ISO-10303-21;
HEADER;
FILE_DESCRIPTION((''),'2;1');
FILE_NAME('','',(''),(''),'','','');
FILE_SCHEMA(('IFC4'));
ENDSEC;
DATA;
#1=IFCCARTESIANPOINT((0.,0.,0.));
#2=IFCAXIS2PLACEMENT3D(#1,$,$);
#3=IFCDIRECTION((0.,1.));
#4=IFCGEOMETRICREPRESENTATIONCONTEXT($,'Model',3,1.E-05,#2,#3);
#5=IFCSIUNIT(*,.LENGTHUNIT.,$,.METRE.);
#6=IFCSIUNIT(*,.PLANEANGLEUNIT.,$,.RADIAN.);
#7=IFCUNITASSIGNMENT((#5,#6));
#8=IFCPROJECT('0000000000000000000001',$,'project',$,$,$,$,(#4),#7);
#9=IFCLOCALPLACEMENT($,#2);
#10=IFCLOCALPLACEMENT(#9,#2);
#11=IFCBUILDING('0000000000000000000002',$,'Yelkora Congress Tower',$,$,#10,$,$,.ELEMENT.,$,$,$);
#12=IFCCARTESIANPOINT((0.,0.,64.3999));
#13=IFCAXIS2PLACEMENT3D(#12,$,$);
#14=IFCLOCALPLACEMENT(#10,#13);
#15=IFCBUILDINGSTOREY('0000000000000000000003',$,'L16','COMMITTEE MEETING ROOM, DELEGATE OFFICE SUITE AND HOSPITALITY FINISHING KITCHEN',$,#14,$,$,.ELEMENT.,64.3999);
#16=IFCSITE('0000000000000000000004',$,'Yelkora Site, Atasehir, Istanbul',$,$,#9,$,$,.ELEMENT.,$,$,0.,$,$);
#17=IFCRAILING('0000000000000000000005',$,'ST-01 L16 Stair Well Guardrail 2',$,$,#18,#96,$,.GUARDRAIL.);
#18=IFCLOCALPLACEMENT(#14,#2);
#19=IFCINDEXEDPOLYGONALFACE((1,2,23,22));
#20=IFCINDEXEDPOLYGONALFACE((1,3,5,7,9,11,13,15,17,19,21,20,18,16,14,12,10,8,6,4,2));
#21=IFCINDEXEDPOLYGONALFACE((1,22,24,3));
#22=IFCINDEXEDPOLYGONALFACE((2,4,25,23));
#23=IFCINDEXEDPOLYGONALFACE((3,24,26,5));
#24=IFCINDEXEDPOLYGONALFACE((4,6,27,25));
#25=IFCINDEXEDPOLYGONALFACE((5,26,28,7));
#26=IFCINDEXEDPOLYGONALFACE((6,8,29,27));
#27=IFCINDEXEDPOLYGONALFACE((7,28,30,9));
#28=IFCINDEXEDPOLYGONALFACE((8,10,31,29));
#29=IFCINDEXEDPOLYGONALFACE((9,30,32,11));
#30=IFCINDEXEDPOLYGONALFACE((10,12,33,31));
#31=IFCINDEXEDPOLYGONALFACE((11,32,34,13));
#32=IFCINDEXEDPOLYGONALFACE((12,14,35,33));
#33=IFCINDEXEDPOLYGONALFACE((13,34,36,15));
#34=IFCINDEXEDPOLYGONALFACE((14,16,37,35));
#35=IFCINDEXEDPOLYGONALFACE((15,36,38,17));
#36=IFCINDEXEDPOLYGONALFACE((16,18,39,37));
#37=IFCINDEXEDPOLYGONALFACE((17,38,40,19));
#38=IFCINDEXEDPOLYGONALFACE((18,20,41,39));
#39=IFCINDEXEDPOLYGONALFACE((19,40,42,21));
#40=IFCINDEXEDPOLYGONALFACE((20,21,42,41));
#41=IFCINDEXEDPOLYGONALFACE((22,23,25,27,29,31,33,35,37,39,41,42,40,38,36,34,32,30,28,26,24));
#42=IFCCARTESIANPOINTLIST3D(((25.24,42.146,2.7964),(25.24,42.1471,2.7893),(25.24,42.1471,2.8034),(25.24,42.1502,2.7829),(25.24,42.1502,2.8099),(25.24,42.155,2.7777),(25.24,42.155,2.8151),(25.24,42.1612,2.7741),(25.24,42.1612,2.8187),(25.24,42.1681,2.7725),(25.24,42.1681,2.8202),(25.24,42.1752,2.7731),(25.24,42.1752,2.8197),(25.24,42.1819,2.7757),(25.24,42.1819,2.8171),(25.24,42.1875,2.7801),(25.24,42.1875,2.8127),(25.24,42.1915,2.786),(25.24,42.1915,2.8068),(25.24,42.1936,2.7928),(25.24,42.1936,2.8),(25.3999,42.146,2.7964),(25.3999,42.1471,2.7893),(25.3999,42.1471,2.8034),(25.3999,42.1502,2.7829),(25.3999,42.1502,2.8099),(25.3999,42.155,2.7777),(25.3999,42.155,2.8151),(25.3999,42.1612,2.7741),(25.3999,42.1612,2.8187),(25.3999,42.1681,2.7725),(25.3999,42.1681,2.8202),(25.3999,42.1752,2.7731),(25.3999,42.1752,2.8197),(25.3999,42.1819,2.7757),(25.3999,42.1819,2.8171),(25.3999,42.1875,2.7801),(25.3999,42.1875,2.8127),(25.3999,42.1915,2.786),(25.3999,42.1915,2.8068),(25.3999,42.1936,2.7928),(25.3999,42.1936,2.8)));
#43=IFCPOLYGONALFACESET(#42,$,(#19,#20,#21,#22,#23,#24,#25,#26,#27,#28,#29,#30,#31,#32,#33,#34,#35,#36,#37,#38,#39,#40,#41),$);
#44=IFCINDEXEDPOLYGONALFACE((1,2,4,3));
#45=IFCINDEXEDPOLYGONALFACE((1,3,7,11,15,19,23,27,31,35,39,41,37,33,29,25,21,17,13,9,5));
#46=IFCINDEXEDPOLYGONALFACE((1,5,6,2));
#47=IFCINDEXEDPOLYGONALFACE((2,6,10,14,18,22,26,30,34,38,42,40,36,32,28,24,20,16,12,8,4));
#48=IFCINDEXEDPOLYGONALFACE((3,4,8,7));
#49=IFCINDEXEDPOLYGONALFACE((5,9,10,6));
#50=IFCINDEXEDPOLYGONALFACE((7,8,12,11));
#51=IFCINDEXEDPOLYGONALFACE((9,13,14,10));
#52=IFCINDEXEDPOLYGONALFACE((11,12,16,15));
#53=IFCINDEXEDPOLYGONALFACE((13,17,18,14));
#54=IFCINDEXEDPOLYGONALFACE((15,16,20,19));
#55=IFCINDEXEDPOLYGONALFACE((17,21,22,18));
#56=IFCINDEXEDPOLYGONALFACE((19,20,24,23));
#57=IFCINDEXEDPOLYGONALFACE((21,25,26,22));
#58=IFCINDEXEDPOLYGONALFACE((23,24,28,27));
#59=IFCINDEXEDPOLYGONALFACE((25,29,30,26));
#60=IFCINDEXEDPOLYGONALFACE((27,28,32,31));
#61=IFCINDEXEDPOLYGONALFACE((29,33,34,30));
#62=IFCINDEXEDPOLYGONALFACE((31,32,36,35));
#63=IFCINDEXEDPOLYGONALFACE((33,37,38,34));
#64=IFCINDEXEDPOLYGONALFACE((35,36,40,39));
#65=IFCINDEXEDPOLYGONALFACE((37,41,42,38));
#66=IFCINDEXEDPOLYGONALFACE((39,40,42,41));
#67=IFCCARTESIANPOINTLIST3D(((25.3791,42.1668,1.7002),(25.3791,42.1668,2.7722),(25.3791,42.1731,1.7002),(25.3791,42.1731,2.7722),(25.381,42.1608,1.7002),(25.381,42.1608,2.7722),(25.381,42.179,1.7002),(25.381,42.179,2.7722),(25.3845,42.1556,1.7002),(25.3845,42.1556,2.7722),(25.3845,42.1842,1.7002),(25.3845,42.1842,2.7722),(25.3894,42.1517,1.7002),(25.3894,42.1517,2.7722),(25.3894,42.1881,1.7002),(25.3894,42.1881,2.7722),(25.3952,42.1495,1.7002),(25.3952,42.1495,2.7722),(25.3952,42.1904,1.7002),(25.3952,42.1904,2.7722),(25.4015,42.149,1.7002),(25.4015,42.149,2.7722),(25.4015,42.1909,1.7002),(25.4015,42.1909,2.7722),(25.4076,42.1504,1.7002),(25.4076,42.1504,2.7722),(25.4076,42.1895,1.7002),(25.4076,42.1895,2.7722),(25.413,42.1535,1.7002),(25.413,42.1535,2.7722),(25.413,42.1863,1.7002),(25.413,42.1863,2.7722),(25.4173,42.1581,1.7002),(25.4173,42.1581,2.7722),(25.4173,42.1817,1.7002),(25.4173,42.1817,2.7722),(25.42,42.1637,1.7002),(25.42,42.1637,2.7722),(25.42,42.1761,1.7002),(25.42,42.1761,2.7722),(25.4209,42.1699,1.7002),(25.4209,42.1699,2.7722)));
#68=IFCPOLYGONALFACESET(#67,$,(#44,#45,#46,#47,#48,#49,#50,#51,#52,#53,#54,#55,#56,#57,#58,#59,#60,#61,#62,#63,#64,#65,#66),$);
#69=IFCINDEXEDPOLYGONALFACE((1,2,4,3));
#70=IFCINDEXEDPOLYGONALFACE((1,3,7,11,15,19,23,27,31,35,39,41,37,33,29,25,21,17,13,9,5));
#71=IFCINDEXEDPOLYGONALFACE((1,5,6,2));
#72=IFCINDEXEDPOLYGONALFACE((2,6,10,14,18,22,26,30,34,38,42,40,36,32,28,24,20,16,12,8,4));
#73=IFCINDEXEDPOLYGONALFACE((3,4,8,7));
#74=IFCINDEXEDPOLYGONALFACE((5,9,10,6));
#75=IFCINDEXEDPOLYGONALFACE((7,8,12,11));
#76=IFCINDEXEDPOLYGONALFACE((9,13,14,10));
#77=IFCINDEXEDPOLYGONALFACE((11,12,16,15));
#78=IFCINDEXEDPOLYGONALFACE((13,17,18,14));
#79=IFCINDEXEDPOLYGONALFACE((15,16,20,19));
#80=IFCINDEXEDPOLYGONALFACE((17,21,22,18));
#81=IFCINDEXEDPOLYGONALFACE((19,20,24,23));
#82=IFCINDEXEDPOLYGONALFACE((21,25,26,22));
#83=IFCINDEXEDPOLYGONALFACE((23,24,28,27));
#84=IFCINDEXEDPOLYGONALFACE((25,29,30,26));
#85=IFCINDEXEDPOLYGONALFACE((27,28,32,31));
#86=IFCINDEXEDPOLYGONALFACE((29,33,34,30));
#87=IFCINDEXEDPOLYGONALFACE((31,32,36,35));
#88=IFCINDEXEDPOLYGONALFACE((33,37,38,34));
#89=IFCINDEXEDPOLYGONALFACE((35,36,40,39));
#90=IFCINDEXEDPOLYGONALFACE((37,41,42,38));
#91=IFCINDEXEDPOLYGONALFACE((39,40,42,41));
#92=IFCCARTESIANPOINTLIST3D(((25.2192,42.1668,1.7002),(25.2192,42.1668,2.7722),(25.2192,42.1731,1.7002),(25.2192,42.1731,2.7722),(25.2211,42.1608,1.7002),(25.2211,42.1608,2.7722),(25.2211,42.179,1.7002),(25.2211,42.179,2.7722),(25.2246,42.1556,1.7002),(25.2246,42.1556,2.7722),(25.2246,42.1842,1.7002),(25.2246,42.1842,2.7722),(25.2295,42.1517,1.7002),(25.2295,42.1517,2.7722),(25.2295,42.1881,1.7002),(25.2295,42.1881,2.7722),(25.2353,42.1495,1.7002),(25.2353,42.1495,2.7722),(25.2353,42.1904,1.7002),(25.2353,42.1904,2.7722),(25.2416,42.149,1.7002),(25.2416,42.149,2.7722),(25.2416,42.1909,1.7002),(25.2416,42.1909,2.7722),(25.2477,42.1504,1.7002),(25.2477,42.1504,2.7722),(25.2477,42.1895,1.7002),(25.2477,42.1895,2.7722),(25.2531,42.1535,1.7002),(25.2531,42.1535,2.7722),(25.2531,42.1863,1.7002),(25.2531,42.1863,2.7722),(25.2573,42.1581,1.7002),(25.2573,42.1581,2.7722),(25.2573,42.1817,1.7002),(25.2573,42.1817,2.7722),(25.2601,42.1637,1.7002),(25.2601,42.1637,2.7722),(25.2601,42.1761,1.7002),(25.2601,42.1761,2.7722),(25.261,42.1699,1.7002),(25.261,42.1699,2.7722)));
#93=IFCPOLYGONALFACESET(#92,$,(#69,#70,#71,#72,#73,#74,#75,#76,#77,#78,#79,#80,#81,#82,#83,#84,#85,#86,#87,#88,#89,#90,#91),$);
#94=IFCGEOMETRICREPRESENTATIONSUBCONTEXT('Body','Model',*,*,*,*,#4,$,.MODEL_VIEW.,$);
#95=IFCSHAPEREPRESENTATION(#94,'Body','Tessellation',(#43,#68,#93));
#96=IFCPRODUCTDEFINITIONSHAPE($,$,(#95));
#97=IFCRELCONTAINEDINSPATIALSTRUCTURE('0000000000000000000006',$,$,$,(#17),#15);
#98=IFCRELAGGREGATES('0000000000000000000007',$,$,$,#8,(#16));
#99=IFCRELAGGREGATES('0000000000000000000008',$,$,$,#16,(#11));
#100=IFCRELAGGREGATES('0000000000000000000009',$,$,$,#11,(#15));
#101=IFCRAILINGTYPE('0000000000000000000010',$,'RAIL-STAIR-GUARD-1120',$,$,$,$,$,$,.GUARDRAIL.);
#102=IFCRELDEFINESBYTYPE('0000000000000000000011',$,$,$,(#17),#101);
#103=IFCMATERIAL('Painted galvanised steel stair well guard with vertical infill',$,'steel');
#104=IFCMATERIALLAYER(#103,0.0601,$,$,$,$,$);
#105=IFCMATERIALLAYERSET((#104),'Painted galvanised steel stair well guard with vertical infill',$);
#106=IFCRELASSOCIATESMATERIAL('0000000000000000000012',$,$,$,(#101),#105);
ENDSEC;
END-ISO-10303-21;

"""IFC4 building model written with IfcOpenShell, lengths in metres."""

from ifc_helpers import new_model, si_unit, direction, frame, origin, origin_2d, place, context, subcontext, project, spatial, circle, extrude, material, layer, layer_set, type_object, element, save


model = new_model("IFC4")

# Units and contexts
model_context = context("Model", 3, precision=1e-05, world=origin(), true_north=direction((0.0, 1.0)))
body_context = subcontext(model_context, "Body", "Model", "MODEL_VIEW")
ifc_project = project(units=[si_unit("LENGTHUNIT", "METRE"), si_unit("PLANEANGLEUNIT", "RADIAN")], contexts=[model_context])

# Site, building, storey
site_placement = place(None, origin())
site = spatial("IfcSite", under=ifc_project, at=site_placement, Name="Yelkora Site, Atasehir, Istanbul", CompositionType="ELEMENT", RefElevation=0.0)
building_placement = place(site_placement, origin())
building = spatial("IfcBuilding", under=site, at=building_placement, Name="Yelkora Congress Tower", CompositionType="ELEMENT")
storey_placement = place(building_placement, frame((0.0, 0.0, 64.3999)))
storey = spatial("IfcBuildingStorey", under=building, at=storey_placement, Name="L16", Description="COMMITTEE MEETING ROOM, DELEGATE OFFICE SUITE AND HOSPITALITY FINISHING KITCHEN", CompositionType="ELEMENT", Elevation=64.3999)

# Railing
ifc_material_1 = material(Name="Painted galvanised steel stair well guard with vertical infill", Category="steel")
ifc_layer_1 = layer(ifc_material_1, 0.0601)
ifc_layer_set_1 = layer_set([ifc_layer_1], Name="Painted galvanised steel stair well guard with vertical infill")
railing_type_1 = type_object("IfcRailingType", Name="RAIL-STAIR-GUARD-1120", PredefinedType="GUARDRAIL", material=ifc_layer_set_1)
railing_1_placement = place(storey_placement, frame((25.3999, 42.1699, 1.7002)))
element("IfcRailing", 1, at=railing_1_placement, inside=storey, type_object=railing_type_1, Name="ST-01 L16 Stair Well Guardrail 2", PredefinedType="GUARDRAIL", context=body_context, shape_type="SweptSolid", body=[
    extrude(circle(Radius=0.0239, at=origin_2d()), frame((0.0, 0.0, 1.0962), z_axis=(-1.0, 0.0, 0.0), x_axis=(0.0, -1.0, 0.0)), (0.0, 0.0, 1.0), 0.1599),
    extrude(circle(Radius=0.021, at=origin_2d()), origin(), (0.0, 0.0, 1.0), 1.072),
    extrude(circle(Radius=0.021, at=origin_2d()), frame((-0.1599, 0.0, 0.0)), (0.0, 0.0, 1.0), 1.072),
])

save(model, "model.ifc")
